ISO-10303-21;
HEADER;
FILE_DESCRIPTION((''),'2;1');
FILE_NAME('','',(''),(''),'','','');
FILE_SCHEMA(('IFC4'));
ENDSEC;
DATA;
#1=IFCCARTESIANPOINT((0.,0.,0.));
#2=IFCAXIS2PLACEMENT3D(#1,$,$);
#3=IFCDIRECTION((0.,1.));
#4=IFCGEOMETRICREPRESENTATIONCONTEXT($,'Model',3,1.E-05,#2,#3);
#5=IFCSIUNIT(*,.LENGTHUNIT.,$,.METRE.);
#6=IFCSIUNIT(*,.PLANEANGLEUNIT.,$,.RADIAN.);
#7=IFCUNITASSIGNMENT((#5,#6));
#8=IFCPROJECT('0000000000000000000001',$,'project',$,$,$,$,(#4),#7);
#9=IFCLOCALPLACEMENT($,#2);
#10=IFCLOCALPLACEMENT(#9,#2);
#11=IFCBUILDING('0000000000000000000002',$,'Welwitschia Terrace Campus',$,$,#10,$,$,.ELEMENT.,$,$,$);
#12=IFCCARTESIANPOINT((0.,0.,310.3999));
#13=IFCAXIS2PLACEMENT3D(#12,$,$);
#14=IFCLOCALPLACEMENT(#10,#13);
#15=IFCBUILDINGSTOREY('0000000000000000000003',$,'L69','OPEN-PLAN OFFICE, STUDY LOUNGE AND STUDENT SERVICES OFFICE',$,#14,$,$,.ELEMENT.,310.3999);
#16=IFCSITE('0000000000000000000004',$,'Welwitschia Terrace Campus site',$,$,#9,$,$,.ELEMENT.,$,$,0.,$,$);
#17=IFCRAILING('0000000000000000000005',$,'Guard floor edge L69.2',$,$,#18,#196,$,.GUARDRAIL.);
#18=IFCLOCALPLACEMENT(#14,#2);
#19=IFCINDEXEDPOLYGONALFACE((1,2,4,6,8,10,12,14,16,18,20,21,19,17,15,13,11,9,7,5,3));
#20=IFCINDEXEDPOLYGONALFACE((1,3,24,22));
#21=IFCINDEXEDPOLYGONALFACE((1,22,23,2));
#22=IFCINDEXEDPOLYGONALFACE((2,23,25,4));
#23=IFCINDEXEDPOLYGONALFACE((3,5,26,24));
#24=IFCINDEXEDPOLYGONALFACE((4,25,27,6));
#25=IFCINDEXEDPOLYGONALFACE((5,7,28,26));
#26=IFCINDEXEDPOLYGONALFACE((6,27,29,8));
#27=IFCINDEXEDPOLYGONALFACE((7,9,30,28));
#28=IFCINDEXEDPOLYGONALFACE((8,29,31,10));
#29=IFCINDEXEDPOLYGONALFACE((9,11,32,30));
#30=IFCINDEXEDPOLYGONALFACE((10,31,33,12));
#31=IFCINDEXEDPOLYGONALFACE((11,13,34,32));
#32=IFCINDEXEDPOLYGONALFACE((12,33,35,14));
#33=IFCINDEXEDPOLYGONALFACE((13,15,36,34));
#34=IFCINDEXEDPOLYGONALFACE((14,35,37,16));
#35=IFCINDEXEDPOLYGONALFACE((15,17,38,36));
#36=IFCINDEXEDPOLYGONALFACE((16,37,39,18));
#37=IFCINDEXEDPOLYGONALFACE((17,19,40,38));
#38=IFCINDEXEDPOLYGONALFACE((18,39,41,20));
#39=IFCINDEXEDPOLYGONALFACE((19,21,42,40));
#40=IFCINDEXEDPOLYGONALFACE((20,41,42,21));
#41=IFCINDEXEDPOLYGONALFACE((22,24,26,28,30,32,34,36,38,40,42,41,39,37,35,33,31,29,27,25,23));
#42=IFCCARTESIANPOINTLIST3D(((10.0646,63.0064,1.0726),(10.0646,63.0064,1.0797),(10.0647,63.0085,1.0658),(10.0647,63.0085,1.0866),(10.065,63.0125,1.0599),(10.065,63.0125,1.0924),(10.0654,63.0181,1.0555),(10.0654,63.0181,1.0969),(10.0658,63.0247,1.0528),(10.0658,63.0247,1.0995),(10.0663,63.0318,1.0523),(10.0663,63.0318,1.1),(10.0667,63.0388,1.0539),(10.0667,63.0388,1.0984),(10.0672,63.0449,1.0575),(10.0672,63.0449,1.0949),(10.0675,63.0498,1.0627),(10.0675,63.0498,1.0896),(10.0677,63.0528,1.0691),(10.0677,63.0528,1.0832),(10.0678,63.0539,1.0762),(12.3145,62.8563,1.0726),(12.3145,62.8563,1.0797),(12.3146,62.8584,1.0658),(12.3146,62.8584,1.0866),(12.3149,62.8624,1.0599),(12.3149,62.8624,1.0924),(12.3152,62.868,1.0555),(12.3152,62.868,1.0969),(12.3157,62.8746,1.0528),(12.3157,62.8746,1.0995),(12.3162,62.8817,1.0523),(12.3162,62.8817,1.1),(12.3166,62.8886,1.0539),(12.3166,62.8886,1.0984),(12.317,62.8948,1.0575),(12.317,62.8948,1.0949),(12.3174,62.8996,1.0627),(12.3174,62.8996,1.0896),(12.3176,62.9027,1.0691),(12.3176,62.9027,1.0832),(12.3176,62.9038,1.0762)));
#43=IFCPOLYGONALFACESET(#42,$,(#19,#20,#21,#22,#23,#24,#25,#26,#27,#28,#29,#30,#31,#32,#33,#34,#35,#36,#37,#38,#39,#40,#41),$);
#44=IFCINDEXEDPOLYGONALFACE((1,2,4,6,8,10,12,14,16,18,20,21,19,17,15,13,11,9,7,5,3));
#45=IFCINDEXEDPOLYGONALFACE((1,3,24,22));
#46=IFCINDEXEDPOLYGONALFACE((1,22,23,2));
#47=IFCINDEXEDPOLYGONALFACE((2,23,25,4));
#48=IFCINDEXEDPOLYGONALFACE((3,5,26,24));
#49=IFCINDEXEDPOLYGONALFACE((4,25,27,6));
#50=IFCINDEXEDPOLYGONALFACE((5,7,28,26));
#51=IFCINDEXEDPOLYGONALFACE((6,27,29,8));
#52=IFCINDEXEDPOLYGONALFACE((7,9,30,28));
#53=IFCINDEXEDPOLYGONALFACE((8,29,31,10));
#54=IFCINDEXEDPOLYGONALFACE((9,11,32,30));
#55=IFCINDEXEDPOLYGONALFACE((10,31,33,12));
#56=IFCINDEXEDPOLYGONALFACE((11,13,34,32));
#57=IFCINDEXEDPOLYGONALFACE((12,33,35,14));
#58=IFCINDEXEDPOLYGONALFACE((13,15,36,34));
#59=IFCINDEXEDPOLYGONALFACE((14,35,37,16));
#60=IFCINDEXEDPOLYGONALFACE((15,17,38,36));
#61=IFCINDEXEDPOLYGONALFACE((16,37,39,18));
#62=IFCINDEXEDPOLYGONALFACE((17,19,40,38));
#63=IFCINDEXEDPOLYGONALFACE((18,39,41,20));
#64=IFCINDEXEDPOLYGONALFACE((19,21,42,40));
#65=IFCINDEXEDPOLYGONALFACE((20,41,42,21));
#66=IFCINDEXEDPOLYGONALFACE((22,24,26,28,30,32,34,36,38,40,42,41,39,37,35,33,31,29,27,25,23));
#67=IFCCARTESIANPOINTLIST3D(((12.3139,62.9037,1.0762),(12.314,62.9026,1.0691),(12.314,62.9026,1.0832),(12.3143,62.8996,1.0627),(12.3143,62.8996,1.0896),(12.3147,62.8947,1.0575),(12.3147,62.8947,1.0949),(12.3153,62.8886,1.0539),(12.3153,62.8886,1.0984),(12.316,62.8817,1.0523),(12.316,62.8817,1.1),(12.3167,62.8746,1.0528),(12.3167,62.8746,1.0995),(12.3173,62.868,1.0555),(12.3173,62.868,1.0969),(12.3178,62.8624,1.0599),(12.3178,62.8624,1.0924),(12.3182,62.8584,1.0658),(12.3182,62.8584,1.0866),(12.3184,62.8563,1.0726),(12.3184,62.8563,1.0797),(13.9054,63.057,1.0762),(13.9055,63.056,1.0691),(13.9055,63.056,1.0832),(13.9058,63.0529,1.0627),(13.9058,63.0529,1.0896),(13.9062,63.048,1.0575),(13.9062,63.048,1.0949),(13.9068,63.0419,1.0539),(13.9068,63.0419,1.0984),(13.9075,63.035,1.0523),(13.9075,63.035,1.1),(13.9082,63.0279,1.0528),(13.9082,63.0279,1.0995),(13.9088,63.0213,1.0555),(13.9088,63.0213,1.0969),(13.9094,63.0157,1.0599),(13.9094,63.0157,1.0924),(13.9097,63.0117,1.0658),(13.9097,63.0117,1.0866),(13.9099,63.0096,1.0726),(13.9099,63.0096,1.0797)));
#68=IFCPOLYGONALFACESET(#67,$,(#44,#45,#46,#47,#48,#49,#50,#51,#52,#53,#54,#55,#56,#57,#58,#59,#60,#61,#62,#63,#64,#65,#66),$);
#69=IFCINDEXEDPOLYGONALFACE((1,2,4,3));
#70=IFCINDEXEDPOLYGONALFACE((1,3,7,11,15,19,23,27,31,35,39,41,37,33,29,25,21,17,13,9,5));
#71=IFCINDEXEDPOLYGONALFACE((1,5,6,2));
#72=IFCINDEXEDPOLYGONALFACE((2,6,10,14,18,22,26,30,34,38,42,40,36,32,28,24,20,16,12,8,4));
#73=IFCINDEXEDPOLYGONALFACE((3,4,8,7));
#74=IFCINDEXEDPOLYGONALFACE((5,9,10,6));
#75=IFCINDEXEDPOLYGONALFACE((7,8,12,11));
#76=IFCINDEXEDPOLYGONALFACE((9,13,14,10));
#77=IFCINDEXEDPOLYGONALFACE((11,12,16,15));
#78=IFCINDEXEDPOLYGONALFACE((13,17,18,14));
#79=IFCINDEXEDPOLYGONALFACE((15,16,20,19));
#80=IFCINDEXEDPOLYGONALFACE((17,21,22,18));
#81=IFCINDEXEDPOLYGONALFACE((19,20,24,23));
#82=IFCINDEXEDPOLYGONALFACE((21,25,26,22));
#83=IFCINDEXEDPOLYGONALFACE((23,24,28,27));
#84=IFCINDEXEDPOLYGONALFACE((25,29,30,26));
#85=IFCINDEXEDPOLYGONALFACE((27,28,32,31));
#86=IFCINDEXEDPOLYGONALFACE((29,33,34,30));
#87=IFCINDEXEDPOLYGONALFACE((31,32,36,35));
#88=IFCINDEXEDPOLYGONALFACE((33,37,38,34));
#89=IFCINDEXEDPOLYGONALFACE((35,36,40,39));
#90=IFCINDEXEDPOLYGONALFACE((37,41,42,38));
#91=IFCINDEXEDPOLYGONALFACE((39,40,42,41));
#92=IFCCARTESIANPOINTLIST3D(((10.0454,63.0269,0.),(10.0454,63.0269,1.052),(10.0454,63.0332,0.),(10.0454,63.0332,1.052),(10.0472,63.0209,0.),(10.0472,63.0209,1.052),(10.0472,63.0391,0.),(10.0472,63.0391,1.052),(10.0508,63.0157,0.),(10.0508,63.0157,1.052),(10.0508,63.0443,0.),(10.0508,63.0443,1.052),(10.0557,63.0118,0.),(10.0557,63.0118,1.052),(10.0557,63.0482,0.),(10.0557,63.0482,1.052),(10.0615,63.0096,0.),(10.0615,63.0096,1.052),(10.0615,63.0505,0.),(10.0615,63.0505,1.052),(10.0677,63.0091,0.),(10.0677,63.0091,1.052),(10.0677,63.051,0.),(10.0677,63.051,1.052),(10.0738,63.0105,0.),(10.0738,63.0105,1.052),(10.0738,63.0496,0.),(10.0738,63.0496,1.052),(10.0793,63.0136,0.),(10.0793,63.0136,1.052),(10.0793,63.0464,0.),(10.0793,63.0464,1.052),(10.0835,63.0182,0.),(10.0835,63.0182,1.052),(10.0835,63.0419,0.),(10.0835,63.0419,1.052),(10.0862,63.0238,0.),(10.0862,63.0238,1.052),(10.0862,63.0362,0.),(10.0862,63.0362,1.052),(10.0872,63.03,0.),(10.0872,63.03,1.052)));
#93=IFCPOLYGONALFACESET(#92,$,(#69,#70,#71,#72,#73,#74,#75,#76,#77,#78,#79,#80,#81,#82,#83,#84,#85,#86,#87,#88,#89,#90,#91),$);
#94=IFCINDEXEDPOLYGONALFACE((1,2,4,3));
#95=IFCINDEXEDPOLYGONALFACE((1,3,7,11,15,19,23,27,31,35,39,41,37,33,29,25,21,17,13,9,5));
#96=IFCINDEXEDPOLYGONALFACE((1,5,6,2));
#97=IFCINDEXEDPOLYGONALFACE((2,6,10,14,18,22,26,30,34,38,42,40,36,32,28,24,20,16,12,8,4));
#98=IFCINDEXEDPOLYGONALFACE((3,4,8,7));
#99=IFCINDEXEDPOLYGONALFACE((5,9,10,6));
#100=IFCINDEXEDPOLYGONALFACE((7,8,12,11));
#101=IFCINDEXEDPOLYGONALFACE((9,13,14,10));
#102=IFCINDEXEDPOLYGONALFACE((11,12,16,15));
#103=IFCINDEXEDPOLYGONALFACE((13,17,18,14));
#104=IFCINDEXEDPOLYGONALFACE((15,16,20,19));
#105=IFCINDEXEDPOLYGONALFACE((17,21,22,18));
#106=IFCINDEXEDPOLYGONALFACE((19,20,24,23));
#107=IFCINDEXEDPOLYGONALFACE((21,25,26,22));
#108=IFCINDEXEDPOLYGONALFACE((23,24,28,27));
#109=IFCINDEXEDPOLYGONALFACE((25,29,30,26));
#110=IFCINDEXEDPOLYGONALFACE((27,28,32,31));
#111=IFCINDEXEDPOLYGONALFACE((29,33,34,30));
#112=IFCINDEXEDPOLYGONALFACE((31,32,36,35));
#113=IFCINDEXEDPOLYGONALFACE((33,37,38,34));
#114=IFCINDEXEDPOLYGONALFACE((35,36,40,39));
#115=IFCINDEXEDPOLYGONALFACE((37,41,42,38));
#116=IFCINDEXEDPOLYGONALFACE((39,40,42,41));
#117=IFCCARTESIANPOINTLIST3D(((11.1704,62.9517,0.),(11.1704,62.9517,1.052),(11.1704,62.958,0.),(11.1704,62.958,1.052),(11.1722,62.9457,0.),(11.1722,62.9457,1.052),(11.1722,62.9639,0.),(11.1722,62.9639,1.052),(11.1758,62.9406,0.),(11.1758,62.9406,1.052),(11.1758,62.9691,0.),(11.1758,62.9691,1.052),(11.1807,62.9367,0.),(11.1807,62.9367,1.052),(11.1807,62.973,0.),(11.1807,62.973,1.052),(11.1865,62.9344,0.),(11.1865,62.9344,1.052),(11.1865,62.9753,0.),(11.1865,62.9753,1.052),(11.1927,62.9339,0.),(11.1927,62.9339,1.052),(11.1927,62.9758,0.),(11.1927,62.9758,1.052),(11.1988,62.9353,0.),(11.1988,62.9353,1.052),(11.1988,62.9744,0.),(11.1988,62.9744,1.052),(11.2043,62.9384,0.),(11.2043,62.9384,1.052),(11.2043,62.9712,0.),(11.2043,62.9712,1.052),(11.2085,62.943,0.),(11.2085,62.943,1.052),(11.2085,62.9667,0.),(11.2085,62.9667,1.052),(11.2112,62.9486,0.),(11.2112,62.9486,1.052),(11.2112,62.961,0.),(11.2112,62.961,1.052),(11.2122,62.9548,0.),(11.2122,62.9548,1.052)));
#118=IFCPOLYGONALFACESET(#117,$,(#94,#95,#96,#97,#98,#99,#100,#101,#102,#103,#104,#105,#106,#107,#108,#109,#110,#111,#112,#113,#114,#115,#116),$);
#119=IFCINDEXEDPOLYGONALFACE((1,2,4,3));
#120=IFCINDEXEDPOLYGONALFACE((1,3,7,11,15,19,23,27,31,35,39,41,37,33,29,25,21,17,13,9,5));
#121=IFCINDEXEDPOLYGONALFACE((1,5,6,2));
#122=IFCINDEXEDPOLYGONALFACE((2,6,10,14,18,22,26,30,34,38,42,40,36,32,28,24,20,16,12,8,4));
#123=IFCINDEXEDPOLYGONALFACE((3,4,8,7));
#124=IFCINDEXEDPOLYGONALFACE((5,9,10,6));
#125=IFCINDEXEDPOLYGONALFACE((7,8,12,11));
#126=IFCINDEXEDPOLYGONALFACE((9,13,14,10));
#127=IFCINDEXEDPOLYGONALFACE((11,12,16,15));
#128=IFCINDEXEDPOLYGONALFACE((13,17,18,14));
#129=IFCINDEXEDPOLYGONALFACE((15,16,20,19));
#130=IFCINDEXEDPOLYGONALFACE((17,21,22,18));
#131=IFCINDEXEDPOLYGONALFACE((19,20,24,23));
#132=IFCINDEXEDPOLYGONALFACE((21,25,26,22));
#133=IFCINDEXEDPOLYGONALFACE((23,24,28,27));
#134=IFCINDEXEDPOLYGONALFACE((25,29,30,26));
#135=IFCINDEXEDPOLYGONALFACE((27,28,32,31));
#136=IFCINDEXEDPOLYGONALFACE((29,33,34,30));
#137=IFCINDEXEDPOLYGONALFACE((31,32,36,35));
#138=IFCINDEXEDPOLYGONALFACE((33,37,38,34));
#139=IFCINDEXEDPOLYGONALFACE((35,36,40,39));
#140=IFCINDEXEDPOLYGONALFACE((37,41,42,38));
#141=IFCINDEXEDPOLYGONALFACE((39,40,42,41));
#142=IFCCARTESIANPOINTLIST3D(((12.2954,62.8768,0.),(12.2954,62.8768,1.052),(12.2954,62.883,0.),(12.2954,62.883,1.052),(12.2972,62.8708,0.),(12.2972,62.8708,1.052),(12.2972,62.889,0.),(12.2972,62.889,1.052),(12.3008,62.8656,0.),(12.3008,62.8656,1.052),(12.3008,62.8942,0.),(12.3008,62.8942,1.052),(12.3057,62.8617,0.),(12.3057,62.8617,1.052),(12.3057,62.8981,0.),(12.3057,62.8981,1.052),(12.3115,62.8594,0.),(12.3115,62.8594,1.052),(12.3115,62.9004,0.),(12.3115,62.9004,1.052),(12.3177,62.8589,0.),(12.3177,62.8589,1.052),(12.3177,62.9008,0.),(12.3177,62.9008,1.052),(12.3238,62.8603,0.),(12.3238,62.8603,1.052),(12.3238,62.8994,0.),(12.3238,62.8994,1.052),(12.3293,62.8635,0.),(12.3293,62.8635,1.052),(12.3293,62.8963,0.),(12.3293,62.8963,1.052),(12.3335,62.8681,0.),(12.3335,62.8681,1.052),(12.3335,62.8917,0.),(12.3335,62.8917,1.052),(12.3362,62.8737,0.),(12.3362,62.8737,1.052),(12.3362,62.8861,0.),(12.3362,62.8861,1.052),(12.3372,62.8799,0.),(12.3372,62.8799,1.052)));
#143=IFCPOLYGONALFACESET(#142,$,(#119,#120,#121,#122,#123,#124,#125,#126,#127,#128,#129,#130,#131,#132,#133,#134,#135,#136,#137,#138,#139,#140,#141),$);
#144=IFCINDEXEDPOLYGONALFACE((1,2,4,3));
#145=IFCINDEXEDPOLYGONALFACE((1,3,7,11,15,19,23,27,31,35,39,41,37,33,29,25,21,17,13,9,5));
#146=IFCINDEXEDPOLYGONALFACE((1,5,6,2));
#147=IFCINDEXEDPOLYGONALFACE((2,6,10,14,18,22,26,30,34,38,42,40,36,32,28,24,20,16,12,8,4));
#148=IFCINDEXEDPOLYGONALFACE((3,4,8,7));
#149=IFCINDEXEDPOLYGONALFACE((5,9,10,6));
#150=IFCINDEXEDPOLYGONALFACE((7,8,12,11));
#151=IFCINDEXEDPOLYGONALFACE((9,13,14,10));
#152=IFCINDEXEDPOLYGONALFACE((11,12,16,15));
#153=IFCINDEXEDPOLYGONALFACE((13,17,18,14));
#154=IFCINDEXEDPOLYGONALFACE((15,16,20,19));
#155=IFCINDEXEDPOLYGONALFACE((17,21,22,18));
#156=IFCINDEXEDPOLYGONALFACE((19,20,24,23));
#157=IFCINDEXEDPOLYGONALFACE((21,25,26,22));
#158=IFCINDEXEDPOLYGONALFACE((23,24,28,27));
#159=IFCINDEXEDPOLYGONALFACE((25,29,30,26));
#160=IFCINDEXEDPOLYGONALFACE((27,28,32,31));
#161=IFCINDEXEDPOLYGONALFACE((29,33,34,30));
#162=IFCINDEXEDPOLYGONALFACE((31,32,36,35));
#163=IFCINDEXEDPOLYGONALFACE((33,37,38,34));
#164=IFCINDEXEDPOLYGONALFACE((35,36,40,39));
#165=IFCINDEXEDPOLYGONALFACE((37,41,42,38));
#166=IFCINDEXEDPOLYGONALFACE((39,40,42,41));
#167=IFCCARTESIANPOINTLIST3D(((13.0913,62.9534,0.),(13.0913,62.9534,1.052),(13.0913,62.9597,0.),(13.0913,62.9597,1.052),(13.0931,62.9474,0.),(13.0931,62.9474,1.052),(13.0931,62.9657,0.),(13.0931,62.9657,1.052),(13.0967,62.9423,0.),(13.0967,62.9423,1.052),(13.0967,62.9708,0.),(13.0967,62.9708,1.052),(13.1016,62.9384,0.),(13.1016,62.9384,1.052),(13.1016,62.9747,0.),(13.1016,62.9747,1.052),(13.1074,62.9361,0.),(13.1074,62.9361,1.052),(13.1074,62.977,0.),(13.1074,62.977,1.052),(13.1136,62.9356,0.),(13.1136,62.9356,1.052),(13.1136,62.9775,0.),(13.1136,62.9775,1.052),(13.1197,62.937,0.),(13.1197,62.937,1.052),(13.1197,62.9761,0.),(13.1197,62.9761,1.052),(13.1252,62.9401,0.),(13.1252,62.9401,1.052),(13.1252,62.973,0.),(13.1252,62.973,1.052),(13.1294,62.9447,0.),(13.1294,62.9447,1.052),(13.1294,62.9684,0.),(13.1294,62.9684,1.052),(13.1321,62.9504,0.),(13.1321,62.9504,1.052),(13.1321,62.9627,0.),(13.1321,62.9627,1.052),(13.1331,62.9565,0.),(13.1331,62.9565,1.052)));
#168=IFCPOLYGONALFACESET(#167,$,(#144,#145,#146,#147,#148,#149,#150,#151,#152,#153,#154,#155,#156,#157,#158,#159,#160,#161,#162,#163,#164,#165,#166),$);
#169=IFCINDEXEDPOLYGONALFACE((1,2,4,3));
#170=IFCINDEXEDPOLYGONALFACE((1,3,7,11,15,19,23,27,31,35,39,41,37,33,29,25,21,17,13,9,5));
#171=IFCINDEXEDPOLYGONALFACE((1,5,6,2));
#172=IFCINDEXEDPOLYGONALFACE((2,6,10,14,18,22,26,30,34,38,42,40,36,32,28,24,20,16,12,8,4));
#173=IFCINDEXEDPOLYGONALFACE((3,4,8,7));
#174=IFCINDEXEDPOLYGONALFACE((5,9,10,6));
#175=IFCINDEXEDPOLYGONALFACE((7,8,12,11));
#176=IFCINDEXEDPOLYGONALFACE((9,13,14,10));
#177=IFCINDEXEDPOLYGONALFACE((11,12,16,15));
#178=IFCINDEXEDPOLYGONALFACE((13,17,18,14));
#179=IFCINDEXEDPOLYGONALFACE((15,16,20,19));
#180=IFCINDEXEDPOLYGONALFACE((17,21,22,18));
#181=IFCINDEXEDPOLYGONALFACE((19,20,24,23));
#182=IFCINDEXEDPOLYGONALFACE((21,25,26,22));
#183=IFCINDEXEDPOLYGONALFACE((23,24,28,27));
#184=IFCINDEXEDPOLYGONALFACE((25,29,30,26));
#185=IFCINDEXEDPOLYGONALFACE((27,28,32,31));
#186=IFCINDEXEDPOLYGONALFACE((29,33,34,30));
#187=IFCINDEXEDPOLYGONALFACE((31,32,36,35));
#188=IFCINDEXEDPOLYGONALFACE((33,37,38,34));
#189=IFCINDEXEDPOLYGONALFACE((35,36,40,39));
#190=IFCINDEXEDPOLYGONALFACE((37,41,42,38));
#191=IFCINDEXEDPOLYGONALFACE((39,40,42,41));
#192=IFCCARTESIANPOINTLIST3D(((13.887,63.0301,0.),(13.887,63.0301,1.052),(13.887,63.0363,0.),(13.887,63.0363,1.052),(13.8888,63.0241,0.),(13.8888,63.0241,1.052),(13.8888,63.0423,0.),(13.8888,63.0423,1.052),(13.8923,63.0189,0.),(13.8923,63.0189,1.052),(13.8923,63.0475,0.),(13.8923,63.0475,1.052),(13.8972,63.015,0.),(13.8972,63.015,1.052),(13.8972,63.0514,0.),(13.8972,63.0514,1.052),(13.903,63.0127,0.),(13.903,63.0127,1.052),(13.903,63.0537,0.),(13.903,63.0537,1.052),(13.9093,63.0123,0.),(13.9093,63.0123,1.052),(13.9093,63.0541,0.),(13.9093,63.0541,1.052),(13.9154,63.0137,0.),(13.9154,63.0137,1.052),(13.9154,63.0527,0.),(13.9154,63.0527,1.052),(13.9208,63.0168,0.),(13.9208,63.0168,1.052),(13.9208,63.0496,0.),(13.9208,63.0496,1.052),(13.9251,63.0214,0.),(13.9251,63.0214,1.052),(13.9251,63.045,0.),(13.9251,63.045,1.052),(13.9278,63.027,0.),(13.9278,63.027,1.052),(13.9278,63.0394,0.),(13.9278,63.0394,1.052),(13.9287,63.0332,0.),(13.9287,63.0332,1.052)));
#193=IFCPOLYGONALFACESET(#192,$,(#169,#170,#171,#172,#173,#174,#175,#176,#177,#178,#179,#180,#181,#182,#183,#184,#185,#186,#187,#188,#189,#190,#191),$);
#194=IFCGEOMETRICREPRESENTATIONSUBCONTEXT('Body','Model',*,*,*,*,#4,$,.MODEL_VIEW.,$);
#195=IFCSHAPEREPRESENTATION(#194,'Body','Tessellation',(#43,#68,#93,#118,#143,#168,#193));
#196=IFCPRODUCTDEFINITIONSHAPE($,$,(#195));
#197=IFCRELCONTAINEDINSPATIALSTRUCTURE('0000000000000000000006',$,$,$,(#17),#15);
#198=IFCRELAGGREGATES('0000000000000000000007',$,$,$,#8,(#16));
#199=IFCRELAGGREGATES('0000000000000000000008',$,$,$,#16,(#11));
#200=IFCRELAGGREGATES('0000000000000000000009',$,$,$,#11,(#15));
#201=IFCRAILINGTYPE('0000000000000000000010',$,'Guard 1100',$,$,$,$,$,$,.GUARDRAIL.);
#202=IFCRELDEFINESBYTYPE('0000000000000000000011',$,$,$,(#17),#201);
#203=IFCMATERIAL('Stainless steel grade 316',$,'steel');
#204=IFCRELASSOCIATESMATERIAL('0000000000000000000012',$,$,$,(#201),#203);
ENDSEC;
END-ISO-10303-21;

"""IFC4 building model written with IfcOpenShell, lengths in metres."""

from ifc_helpers import new_model, si_unit, direction, frame, origin, origin_2d, place, context, subcontext, project, spatial, circle, extrude, material, type_object, element, save


model = new_model("IFC4")

# Units and contexts
model_context = context("Model", 3, precision=1e-05, world=origin(), true_north=direction((0.0, 1.0)))
body_context = subcontext(model_context, "Body", "Model", "MODEL_VIEW")
ifc_project = project(units=[si_unit("LENGTHUNIT", "METRE"), si_unit("PLANEANGLEUNIT", "RADIAN")], contexts=[model_context])

# Site, building, storey
site_placement = place(None, origin())
site = spatial("IfcSite", under=ifc_project, at=site_placement, Name="Welwitschia Terrace Campus site", CompositionType="ELEMENT", RefElevation=0.0)
building_placement = place(site_placement, origin())
building = spatial("IfcBuilding", under=site, at=building_placement, Name="Welwitschia Terrace Campus", CompositionType="ELEMENT")
storey_placement = place(building_placement, frame((0.0, 0.0, 310.3999)))
storey = spatial("IfcBuildingStorey", under=building, at=storey_placement, Name="L69", Description="OPEN-PLAN OFFICE, STUDY LOUNGE AND STUDENT SERVICES OFFICE", CompositionType="ELEMENT", Elevation=310.3999)

# Railing
ifc_material_1 = material(Name="Stainless steel grade 316", Category="steel")
railing_type = type_object("IfcRailingType", Name="Guard 1100", PredefinedType="GUARDRAIL", material=ifc_material_1)
railing_1_placement = place(storey_placement, frame((10.0662, 63.03, 0.0)))
element("IfcRailing", 1, at=railing_1_placement, inside=storey, type_object=railing_type, Name="Guard floor edge L69.2", PredefinedType="GUARDRAIL", context=body_context, shape_type="SweptSolid", body=[
    extrude(circle(Radius=0.0239, at=origin_2d()), frame((0.0, 0.0, 1.0762), z_axis=(0.997781, -0.066584, 0.0), x_axis=(0.066584, 0.997781, 0.0)), (0.0, 0.0, 1.0), 2.2549),
    extrude(circle(Radius=0.0239, at=origin_2d()), frame((2.25, -0.1501, 1.0762), z_axis=(0.995392, 0.09589, 0.0), x_axis=(-0.09589, 0.995392, 0.0)), (0.0, 0.0, 1.0), 1.5989),
    extrude(circle(Radius=0.021, at=origin_2d()), origin(), (0.0, 0.0, 1.0), 1.052),
    extrude(circle(Radius=0.021, at=origin_2d()), frame((1.125, -0.0752, 0.0)), (0.0, 0.0, 1.0), 1.052),
    extrude(circle(Radius=0.021, at=origin_2d()), frame((2.25, -0.1501, 0.0)), (0.0, 0.0, 1.0), 1.052),
    extrude(circle(Radius=0.021, at=origin_2d()), frame((3.0459, -0.0735, 0.0)), (0.0, 0.0, 1.0), 1.052),
    extrude(circle(Radius=0.021, at=origin_2d()), frame((3.8416, 0.0032, 0.0)), (0.0, 0.0, 1.0), 1.052),
])

save(model, "model.ifc")
